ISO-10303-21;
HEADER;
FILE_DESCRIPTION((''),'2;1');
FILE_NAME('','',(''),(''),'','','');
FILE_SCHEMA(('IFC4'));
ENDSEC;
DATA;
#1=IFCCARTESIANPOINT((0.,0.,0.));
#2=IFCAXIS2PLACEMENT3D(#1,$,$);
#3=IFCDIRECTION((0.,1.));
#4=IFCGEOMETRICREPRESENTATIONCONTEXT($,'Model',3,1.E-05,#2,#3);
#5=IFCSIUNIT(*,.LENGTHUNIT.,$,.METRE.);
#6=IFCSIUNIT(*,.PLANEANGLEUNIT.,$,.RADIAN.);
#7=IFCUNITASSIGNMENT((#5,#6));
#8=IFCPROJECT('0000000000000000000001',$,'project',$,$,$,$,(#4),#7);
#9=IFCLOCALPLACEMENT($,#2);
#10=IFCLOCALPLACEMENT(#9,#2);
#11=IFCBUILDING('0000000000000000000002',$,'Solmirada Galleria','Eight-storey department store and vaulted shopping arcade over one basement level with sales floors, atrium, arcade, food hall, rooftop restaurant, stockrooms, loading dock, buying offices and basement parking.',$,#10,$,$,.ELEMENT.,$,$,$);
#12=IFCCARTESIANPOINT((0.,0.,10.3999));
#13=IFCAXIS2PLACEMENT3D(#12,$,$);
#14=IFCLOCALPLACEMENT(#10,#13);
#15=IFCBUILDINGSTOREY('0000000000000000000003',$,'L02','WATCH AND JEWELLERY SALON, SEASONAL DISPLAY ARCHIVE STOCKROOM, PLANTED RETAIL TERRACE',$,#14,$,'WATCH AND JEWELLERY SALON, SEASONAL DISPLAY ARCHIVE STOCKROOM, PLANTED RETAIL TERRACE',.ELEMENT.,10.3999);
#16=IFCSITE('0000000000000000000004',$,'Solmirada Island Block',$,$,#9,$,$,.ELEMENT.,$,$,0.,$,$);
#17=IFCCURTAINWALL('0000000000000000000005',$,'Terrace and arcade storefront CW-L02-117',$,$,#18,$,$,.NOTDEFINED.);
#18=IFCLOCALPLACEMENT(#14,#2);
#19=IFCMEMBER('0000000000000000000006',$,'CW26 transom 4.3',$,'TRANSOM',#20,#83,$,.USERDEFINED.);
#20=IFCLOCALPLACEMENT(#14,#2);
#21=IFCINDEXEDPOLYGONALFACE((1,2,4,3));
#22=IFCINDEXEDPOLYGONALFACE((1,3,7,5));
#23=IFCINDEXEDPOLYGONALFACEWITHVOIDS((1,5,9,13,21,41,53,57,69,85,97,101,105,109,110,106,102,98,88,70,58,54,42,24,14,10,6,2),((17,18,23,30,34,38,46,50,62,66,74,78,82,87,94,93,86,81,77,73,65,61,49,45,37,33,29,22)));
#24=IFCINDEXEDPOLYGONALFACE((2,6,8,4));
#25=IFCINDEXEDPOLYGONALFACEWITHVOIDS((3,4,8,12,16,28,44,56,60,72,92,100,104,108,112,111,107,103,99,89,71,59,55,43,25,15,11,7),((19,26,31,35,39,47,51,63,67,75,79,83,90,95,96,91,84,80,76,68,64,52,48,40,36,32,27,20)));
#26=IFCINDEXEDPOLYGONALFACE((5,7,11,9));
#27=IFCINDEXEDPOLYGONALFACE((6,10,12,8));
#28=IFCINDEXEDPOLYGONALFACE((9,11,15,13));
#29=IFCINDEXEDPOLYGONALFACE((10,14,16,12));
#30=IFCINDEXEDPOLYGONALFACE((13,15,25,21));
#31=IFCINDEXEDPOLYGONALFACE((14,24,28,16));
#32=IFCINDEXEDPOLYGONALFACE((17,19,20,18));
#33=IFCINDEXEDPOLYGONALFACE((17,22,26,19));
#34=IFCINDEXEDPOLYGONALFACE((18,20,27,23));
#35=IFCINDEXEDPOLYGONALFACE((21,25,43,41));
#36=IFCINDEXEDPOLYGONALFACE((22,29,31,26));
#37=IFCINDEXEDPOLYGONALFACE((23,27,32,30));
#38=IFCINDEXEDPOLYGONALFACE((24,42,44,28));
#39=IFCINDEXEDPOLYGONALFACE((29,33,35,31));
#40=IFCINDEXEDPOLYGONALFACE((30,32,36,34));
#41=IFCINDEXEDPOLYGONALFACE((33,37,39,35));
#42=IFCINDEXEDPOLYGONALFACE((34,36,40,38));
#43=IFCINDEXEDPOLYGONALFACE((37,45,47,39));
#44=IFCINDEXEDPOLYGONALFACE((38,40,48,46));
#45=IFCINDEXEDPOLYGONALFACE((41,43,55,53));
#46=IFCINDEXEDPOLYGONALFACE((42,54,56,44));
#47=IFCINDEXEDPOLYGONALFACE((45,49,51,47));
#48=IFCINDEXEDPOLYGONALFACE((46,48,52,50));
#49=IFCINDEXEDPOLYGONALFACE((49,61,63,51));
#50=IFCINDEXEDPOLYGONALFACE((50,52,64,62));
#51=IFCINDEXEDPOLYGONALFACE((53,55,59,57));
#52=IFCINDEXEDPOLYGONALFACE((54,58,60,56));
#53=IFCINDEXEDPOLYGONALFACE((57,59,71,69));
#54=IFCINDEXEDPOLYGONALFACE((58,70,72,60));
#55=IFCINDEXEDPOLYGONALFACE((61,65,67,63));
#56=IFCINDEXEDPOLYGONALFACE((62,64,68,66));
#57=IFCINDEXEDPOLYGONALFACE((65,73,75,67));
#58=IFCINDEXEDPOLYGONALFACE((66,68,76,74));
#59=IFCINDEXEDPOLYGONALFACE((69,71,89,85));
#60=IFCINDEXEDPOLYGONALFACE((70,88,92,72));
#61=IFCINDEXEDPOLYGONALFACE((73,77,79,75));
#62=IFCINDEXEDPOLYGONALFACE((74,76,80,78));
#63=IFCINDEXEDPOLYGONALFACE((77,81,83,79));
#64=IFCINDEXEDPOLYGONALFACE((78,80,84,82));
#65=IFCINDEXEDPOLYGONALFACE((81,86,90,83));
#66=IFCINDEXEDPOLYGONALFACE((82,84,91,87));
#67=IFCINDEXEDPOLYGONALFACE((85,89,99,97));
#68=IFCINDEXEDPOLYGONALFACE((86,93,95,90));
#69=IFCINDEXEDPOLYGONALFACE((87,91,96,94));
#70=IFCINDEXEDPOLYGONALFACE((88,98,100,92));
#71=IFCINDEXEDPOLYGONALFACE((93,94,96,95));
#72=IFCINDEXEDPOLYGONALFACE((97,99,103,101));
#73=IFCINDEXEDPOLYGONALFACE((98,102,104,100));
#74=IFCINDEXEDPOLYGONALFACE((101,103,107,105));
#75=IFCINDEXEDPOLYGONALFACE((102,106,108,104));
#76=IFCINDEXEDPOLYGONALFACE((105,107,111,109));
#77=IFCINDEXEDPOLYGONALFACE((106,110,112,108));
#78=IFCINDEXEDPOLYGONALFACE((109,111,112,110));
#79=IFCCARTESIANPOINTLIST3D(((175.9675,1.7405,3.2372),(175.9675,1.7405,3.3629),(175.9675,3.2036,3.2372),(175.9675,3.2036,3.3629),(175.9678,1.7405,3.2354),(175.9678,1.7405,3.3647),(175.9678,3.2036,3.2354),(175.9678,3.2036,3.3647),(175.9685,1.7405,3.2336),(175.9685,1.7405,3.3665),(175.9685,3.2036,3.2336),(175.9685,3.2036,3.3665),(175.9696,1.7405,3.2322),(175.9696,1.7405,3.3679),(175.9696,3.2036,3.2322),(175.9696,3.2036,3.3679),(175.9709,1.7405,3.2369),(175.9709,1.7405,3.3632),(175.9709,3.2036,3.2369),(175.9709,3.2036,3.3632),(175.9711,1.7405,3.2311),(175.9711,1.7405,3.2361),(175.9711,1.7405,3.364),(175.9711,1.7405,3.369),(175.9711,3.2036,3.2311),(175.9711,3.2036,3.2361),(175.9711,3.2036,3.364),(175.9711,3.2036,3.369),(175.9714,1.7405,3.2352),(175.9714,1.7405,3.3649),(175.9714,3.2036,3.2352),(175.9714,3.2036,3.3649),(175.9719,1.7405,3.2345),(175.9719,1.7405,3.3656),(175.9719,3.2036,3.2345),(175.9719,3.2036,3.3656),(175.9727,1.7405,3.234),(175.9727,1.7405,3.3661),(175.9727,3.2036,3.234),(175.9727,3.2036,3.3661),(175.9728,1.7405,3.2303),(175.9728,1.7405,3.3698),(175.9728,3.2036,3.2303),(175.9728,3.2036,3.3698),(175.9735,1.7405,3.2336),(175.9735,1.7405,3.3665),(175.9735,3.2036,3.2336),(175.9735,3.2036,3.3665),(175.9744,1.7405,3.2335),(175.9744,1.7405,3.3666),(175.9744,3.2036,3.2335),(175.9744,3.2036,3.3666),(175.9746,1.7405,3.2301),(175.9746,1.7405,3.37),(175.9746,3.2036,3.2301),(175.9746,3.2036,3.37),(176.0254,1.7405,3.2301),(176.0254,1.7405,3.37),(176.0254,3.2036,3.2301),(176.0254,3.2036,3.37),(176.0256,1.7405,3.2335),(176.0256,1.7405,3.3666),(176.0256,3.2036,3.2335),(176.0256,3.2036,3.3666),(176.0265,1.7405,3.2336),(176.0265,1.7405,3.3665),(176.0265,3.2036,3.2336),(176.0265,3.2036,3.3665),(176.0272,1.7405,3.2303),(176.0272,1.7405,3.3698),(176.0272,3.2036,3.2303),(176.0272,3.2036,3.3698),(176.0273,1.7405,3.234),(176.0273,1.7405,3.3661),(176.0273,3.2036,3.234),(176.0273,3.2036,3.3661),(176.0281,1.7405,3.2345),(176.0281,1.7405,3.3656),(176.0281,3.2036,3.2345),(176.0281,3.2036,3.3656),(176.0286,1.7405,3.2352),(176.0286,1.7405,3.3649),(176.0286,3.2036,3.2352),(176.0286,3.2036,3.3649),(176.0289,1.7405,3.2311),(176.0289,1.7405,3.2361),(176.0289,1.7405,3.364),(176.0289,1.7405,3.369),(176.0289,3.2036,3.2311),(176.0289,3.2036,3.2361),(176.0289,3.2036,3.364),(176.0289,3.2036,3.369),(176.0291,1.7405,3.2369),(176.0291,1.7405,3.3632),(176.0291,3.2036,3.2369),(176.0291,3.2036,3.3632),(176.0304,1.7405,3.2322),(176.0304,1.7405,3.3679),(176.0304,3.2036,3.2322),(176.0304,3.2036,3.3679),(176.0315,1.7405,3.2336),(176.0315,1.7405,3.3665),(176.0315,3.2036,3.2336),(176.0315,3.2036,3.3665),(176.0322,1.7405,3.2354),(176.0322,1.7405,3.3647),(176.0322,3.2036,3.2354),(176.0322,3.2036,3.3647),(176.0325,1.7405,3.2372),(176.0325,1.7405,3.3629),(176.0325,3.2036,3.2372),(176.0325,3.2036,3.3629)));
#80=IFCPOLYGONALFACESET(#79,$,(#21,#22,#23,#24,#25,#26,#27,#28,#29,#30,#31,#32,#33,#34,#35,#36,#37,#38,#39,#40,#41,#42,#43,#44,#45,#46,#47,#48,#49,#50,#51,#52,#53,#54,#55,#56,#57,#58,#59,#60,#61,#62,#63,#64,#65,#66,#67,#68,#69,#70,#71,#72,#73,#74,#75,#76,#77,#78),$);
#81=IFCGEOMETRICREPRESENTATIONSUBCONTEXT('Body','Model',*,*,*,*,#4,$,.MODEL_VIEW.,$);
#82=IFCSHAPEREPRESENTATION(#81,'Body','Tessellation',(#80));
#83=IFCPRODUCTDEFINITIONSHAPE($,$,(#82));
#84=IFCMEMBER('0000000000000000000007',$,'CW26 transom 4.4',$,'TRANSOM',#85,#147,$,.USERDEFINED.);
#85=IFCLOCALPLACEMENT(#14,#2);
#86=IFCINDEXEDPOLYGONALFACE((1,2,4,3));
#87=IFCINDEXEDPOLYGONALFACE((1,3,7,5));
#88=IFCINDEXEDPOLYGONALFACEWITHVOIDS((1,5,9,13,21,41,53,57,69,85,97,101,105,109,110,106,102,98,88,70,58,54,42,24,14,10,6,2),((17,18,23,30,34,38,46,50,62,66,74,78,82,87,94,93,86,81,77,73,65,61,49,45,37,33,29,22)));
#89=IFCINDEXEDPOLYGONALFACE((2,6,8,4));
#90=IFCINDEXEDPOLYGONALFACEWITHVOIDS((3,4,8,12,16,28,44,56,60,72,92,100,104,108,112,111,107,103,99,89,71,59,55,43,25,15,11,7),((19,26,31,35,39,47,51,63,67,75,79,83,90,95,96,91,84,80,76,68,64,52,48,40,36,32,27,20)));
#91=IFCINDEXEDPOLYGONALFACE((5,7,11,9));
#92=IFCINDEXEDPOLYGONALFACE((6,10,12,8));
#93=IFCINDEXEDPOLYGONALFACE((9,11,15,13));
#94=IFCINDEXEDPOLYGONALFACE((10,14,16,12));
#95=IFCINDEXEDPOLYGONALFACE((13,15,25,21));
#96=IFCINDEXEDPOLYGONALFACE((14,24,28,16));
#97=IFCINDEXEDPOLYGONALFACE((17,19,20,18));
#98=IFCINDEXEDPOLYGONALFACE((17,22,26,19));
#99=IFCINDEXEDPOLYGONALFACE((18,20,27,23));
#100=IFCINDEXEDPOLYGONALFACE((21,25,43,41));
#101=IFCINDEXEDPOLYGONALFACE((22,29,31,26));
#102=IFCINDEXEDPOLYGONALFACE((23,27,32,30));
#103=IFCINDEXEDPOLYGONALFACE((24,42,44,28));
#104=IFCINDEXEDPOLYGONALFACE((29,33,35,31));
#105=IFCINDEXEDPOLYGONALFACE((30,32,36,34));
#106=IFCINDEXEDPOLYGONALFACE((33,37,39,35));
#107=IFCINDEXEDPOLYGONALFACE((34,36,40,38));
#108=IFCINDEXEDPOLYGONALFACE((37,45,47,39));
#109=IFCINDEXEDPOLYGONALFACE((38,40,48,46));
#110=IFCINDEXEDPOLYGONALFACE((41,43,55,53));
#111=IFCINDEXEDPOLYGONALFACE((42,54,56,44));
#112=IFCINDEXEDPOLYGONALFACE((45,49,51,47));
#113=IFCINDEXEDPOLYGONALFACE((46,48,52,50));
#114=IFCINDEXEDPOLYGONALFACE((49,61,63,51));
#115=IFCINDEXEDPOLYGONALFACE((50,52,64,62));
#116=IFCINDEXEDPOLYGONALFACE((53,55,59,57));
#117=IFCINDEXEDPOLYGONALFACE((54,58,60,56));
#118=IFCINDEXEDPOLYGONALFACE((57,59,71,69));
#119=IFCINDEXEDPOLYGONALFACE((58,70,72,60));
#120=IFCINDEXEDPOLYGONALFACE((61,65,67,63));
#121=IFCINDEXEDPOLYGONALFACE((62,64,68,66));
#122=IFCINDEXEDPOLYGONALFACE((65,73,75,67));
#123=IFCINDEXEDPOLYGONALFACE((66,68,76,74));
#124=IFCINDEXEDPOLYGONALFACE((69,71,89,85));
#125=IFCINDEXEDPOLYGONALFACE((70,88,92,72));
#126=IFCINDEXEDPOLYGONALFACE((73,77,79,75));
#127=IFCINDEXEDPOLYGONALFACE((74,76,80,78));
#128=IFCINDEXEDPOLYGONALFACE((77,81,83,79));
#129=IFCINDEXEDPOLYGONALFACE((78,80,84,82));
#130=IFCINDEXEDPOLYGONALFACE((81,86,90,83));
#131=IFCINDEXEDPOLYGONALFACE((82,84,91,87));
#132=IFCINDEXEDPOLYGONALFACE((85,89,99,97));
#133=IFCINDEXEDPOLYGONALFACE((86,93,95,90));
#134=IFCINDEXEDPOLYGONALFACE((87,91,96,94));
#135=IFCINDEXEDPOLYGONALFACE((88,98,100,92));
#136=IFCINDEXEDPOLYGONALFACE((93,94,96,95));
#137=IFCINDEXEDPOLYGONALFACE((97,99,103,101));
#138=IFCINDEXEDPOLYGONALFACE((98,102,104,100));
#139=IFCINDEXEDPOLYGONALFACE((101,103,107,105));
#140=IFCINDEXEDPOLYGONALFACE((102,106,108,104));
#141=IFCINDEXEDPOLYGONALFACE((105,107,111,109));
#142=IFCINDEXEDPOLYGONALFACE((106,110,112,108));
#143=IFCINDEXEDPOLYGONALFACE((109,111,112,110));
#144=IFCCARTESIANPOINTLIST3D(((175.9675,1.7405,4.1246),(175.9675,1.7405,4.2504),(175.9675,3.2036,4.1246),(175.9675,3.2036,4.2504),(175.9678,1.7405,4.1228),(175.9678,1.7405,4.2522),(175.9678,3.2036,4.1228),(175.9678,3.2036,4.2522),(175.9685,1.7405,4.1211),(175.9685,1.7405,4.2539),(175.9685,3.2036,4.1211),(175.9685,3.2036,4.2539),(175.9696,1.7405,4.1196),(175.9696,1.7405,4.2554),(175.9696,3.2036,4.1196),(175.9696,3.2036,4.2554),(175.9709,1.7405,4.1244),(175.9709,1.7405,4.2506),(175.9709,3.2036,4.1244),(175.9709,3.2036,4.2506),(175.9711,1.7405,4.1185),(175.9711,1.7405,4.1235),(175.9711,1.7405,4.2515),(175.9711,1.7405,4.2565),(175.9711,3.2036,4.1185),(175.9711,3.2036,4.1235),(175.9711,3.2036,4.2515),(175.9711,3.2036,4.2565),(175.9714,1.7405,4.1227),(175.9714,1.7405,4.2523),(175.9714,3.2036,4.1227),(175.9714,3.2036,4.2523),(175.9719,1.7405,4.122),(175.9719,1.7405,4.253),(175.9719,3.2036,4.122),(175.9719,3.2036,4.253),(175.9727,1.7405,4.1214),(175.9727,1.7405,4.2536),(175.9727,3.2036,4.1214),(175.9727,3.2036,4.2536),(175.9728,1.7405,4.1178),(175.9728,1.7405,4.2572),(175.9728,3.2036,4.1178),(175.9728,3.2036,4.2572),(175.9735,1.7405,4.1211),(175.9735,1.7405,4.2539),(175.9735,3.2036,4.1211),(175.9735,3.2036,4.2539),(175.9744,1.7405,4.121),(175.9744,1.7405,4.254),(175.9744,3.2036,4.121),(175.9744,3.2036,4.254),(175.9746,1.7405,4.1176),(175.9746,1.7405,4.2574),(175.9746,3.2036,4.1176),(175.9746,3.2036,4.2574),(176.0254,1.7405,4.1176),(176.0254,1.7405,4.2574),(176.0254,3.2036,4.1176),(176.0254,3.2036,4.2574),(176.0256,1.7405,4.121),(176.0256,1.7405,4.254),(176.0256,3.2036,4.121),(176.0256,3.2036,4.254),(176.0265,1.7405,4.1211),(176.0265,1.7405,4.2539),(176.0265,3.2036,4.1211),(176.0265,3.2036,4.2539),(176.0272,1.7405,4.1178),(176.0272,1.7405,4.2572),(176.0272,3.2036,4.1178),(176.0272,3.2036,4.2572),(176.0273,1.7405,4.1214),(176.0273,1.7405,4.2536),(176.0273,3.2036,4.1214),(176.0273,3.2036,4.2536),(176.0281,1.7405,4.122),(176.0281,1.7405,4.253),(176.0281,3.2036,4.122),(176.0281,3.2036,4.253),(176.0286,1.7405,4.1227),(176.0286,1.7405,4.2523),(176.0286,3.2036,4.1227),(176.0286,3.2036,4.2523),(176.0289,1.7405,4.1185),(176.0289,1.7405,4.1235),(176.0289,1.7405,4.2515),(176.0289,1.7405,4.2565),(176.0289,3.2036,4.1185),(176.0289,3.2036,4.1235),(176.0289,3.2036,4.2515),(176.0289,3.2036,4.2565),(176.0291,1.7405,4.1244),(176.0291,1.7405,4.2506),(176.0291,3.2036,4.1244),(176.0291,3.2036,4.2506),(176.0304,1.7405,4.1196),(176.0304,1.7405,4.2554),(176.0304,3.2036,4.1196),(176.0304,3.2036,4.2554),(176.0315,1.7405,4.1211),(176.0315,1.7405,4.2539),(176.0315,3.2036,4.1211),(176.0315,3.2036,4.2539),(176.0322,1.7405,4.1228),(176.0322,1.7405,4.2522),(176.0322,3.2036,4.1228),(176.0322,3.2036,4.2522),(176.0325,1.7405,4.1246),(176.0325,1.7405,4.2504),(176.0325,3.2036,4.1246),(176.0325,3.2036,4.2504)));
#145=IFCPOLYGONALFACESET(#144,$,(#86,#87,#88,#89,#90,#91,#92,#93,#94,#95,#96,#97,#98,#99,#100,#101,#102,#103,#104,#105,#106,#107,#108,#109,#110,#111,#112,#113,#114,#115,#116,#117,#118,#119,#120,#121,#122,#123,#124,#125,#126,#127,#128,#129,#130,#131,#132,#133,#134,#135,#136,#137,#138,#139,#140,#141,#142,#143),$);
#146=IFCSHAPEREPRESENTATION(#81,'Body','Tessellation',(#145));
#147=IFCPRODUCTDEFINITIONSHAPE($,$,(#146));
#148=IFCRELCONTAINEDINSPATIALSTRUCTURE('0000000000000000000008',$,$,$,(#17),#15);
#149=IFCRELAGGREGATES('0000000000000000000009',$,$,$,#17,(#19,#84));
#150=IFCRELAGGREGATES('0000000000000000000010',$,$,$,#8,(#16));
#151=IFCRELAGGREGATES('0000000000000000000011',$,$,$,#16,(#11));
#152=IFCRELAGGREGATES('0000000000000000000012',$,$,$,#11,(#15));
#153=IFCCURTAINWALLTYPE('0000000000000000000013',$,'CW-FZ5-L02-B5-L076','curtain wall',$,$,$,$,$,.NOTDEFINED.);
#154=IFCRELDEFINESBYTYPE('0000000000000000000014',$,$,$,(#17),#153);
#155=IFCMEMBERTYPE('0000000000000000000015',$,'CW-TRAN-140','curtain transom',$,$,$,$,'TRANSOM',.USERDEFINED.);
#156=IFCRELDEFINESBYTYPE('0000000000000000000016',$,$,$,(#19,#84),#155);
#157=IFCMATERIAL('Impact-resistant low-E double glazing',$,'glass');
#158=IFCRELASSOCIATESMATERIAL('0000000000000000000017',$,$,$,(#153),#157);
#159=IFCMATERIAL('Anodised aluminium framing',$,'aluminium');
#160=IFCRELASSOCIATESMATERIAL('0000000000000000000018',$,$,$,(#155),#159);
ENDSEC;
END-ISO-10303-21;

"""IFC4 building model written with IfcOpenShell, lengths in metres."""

from ifc_helpers import new_model, si_unit, direction, frame, origin, origin_2d, place, context, subcontext, project, spatial, hollow_rectangle, extrude, material, material_profile, profile_set, type_object, element, aggregate, save


model = new_model("IFC4")

# Units and contexts
model_context = context("Model", 3, precision=1e-05, world=origin(), true_north=direction((0.0, 1.0)))
body_context = subcontext(model_context, "Body", "Model", "MODEL_VIEW")
ifc_project = project(units=[si_unit("LENGTHUNIT", "METRE"), si_unit("PLANEANGLEUNIT", "RADIAN")], contexts=[model_context])

# Site, building, storey
site_placement = place(None, origin())
site = spatial("IfcSite", under=ifc_project, at=site_placement, Name="Solmirada Island Block", CompositionType="ELEMENT", RefElevation=0.0)
building_placement = place(site_placement, origin())
building = spatial("IfcBuilding", under=site, at=building_placement, Name="Solmirada Galleria", Description="Eight-storey department store and vaulted shopping arcade over one basement level with sales floors, atrium, arcade, food hall, rooftop restaurant, stockrooms, loading dock, buying offices and basement parking.", CompositionType="ELEMENT")
storey_placement = place(building_placement, frame((0.0, 0.0, 10.3999)))
storey = spatial("IfcBuildingStorey", under=building, at=storey_placement, Name="L02", Description="WATCH AND JEWELLERY SALON, SEASONAL DISPLAY ARCHIVE STOCKROOM, PLANTED RETAIL TERRACE", LongName="WATCH AND JEWELLERY SALON, SEASONAL DISPLAY ARCHIVE STOCKROOM, PLANTED RETAIL TERRACE", CompositionType="ELEMENT", Elevation=10.3999)

# Curtain wall, members
ifc_material_1 = material(Name="Impact-resistant low-E double glazing", Category="glass")
curtain_wall_type = type_object("IfcCurtainWallType", Name="CW-FZ5-L02-B5-L076", Description="curtain wall", PredefinedType="NOTDEFINED", material=ifc_material_1)
curtain_wall_placement = place(storey_placement, origin())
curtain_wall = element("IfcCurtainWall", 1, at=curtain_wall_placement, inside=storey, type_object=curtain_wall_type, Name="Terrace and arcade storefront CW-L02-117", PredefinedType="NOTDEFINED")
ifc_material_2 = material(Name="Anodised aluminium framing", Category="aluminium")
ifc_material_profile_1 = material_profile(ifc_material_2, hollow_rectangle(XDim=0.0649, YDim=0.1399, WallThickness=0.0034, InnerFilletRadius=0.0034, OuterFilletRadius=0.0071, at=origin_2d()), Name="ALU-TRAN-140X65")
ifc_profile_set_1 = profile_set([ifc_material_profile_1], Name="Anodised aluminium framing")
member_type_1 = type_object("IfcMemberType", Name="CW-TRAN-140", Description="curtain transom", ElementType="TRANSOM", PredefinedType="USERDEFINED", material=ifc_profile_set_1)
member_1_placement = place(storey_placement, frame((176.0, 3.2036, 3.3), z_axis=(0.0, -1.0, 0.0), x_axis=(1.0, 0.0, 0.0)))
member_1 = element("IfcMember", 2, at=member_1_placement, type_object=member_type_1, Name="CW26 transom 4.3", ObjectType="TRANSOM", PredefinedType="USERDEFINED", context=body_context, shape_type="SweptSolid", body=[
    extrude(hollow_rectangle(XDim=0.0649, YDim=0.1399, WallThickness=0.0034, InnerFilletRadius=0.0034, OuterFilletRadius=0.0071, at=origin_2d()), origin(), (0.0, 0.0, 1.0), 1.4631),
])
member_2_placement = place(storey_placement, frame((176.0, 3.2036, 4.1875), z_axis=(0.0, -1.0, 0.0), x_axis=(1.0, 0.0, 0.0)))
member_2 = element("IfcMember", 3, at=member_2_placement, type_object=member_type_1, Name="CW26 transom 4.4", ObjectType="TRANSOM", PredefinedType="USERDEFINED", context=body_context, shape_type="SweptSolid", body=[
    extrude(hollow_rectangle(XDim=0.0649, YDim=0.1399, WallThickness=0.0034, InnerFilletRadius=0.0034, OuterFilletRadius=0.0071, at=origin_2d()), origin(), (0.0, 0.0, 1.0), 1.4631),
])
aggregate(curtain_wall, [member_1, member_2])

save(model, "model.ifc")
